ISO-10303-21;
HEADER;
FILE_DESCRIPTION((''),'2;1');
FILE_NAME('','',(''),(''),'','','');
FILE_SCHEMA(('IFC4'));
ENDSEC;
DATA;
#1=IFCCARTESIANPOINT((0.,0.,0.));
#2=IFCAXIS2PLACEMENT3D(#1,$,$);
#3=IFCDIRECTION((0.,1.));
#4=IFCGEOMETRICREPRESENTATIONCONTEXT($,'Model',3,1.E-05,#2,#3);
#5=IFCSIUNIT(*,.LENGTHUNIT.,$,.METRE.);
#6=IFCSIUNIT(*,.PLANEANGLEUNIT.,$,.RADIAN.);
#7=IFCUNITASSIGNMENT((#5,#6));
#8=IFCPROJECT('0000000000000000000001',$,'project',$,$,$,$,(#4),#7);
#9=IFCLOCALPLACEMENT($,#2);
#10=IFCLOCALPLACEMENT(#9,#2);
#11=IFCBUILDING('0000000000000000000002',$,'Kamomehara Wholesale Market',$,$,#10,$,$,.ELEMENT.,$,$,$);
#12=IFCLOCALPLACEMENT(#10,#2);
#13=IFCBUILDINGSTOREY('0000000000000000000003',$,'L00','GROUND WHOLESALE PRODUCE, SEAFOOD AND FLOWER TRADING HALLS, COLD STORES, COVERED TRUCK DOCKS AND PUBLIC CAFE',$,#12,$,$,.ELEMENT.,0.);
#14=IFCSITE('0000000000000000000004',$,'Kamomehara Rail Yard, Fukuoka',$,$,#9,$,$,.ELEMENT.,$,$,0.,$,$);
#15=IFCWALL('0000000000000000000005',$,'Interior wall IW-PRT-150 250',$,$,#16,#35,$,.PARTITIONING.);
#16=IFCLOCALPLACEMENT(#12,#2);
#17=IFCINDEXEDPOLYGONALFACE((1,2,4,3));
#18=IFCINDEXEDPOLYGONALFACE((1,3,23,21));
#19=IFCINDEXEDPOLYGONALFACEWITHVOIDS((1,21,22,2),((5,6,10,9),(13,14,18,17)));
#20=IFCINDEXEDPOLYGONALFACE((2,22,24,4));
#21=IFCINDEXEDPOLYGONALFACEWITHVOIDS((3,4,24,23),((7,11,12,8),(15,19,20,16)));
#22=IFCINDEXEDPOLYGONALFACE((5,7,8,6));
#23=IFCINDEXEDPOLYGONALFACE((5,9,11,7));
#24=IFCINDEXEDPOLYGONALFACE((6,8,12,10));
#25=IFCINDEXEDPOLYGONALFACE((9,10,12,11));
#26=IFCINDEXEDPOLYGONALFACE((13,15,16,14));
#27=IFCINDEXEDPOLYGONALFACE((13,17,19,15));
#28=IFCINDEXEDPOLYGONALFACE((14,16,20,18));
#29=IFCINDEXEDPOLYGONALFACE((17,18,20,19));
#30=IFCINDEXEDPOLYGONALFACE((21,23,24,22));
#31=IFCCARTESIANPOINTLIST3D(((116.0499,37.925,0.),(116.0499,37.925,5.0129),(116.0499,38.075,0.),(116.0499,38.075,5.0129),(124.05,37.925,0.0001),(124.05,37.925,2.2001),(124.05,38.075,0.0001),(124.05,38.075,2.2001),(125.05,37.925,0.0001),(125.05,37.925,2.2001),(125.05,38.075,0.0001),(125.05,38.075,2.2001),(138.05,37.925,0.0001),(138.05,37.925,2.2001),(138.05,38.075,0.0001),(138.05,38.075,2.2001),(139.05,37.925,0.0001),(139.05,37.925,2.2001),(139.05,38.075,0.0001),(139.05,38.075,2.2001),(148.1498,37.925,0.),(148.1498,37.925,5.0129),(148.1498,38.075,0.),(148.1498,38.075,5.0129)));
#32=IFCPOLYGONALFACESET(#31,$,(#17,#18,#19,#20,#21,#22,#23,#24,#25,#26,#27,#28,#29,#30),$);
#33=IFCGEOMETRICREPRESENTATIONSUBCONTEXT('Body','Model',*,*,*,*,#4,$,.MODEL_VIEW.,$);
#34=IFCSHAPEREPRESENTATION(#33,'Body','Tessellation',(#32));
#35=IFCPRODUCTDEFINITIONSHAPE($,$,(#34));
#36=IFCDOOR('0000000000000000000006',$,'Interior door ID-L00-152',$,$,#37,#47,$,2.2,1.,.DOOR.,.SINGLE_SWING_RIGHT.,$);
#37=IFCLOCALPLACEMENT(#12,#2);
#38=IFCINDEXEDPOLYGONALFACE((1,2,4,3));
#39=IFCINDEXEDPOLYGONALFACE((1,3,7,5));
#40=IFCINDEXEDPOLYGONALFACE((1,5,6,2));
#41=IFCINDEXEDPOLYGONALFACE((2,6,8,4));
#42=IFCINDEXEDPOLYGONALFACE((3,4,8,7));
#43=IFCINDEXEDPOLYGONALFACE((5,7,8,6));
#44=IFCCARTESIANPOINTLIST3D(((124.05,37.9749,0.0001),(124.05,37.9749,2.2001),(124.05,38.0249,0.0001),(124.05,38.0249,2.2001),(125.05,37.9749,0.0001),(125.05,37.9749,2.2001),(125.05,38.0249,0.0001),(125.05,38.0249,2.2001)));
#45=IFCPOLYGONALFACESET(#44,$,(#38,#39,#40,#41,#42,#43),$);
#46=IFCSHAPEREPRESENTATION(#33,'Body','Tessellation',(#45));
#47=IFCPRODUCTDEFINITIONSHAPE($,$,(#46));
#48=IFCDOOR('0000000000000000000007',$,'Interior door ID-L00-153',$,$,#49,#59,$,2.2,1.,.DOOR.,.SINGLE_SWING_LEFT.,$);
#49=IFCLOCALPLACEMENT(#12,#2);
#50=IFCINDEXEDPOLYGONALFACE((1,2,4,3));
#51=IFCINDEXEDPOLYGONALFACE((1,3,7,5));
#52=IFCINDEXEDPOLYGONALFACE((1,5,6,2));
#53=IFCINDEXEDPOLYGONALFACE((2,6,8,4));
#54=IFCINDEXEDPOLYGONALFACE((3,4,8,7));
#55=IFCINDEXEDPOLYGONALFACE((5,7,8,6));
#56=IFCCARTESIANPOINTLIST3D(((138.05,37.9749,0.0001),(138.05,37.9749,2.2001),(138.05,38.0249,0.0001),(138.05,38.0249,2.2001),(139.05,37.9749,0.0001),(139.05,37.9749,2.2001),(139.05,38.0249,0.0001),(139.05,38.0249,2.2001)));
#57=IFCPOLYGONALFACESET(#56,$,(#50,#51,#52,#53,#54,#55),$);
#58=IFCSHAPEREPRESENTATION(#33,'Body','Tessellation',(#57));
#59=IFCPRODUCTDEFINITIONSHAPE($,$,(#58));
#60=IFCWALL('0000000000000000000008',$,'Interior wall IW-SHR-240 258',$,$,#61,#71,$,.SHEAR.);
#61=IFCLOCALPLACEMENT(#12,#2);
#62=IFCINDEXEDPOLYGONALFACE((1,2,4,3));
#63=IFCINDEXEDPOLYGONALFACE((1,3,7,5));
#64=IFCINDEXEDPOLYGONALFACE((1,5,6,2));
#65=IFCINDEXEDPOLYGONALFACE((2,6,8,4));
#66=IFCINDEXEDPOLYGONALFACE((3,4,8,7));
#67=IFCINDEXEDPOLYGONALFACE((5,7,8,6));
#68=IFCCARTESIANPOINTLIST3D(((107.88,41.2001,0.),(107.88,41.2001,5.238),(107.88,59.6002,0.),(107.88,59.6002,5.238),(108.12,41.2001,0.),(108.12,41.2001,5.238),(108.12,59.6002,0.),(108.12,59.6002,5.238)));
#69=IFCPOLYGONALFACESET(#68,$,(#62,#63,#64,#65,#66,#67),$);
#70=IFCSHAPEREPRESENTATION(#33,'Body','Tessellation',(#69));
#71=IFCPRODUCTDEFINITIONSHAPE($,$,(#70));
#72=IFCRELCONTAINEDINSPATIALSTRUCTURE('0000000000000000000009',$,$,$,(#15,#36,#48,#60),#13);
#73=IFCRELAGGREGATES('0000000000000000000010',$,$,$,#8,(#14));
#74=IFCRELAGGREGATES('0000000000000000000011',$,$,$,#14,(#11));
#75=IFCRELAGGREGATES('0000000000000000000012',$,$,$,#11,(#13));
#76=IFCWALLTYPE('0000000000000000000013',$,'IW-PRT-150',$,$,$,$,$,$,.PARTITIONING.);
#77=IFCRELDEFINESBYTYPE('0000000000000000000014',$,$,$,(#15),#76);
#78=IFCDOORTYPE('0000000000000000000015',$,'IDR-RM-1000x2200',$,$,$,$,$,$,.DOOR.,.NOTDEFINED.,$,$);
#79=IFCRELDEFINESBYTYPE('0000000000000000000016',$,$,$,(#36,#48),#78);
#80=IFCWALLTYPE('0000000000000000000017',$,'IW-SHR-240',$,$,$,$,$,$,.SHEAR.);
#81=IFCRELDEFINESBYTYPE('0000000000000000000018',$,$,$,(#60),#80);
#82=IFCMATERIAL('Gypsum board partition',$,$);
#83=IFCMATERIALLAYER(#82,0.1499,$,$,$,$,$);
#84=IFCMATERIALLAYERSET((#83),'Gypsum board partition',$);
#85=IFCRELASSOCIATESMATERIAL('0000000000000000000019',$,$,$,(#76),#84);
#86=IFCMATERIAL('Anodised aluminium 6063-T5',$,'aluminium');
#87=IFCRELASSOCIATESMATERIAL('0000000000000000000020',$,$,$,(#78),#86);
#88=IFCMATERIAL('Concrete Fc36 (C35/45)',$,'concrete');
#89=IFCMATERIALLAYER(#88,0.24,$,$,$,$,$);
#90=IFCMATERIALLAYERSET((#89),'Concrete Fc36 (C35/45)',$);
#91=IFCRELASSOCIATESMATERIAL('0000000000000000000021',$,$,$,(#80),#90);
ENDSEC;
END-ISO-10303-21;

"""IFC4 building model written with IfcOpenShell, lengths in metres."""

from ifc_helpers import new_model, si_unit, direction, frame, frame_2d, origin, place, context, subcontext, project, spatial, rectangle, extrude, material, layer, layer_set, type_object, element, fill, save


model = new_model("IFC4")

# Units and contexts
model_context = context("Model", 3, precision=1e-05, world=origin(), true_north=direction((0.0, 1.0)))
body_context = subcontext(model_context, "Body", "Model", "MODEL_VIEW")
ifc_project = project(units=[si_unit("LENGTHUNIT", "METRE"), si_unit("PLANEANGLEUNIT", "RADIAN")], contexts=[model_context])

# Site, building, storey
site_placement = place(None, origin())
site = spatial("IfcSite", under=ifc_project, at=site_placement, Name="Kamomehara Rail Yard, Fukuoka", CompositionType="ELEMENT", RefElevation=0.0)
building_placement = place(site_placement, origin())
building = spatial("IfcBuilding", under=site, at=building_placement, Name="Kamomehara Wholesale Market", CompositionType="ELEMENT")
storey_placement = place(building_placement, origin())
storey = spatial("IfcBuildingStorey", under=building, at=storey_placement, Name="L00", Description="GROUND WHOLESALE PRODUCE, SEAFOOD AND FLOWER TRADING HALLS, COLD STORES, COVERED TRUCK DOCKS AND PUBLIC CAFE", CompositionType="ELEMENT", Elevation=0.0)

# Shared definitions
ifc_material_1 = material(Name="Gypsum board partition")
ifc_layer_1 = layer(ifc_material_1, 0.1499)
ifc_layer_set_1 = layer_set([ifc_layer_1], Name="Gypsum board partition")
wall_type_1 = type_object("IfcWallType", Name="IW-PRT-150", PredefinedType="PARTITIONING", material=ifc_layer_set_1)

# Wall, openings, doors
wall_1_placement = place(storey_placement, frame((116.05, 38.0, 0.0), z_axis=(0.0, 0.0, 1.0), x_axis=(1.0, 0.0, 0.0)))
wall_1 = element("IfcWall", 1, at=wall_1_placement, inside=storey, type_object=wall_type_1, Name="Interior wall IW-PRT-150 250", PredefinedType="PARTITIONING", context=body_context, shape_type="SweptSolid", body=[
    extrude(rectangle(XDim=32.0999, YDim=0.1499, at=frame_2d((16.0498, 0.0))), origin(), (0.0, 0.0, 1.0), 5.0129),
])
opening_1_placement = place(wall_1_placement, frame((8.0, 0.0, 0.0)))
opening_1 = element("IfcOpeningElement", 2, at=opening_1_placement, cuts=wall_1, PredefinedType="OPENING", context=body_context, shape_type="SweptSolid", body=[
    extrude(rectangle(XDim=1.0, YDim=2.2, at=frame_2d((0.5, 1.1001))), frame((0.0, 0.0898, 0.0), z_axis=(0.0, -1.0, 0.0), x_axis=(1.0, 0.0, 0.0)), (0.0, 0.0, 1.0), 0.1797),
])
opening_2_placement = place(wall_1_placement, frame((22.0, 0.0, 0.0)))
opening_2 = element("IfcOpeningElement", 3, at=opening_2_placement, cuts=wall_1, PredefinedType="OPENING", context=body_context, shape_type="SweptSolid", body=[
    extrude(rectangle(XDim=1.0, YDim=2.2, at=frame_2d((0.5, 1.1001))), frame((0.0, 0.0898, 0.0), z_axis=(0.0, -1.0, 0.0), x_axis=(1.0, 0.0, 0.0)), (0.0, 0.0, 1.0), 0.1797),
])
ifc_material_2 = material(Name="Anodised aluminium 6063-T5", Category="aluminium")
door_type = type_object("IfcDoorType", Name="IDR-RM-1000x2200", OperationType="NOTDEFINED", PredefinedType="DOOR", material=ifc_material_2)
door_1_placement = place(opening_1_placement, origin())
door_1 = element("IfcDoor", 4, at=door_1_placement, inside=storey, type_object=door_type, Name="Interior door ID-L00-152", OperationType="SINGLE_SWING_RIGHT", OverallHeight=2.2, OverallWidth=1.0, PredefinedType="DOOR", context=body_context, shape_type="SweptSolid", body=[
    extrude(rectangle(XDim=1.0, YDim=2.2, at=frame_2d((0.5, 1.1001))), frame((0.0, 0.0249, 0.0), z_axis=(0.0, -1.0, 0.0), x_axis=(1.0, 0.0, 0.0)), (0.0, 0.0, 1.0), 0.05),
])
fill(opening_1, door_1)
door_2_placement = place(opening_2_placement, origin())
door_2 = element("IfcDoor", 5, at=door_2_placement, inside=storey, type_object=door_type, Name="Interior door ID-L00-153", OperationType="SINGLE_SWING_LEFT", OverallHeight=2.2, OverallWidth=1.0, PredefinedType="DOOR", context=body_context, shape_type="SweptSolid", body=[
    extrude(rectangle(XDim=1.0, YDim=2.2, at=frame_2d((0.5, 1.1001))), frame((0.0, 0.0249, 0.0), z_axis=(0.0, -1.0, 0.0), x_axis=(1.0, 0.0, 0.0)), (0.0, 0.0, 1.0), 0.05),
])
fill(opening_2, door_2)

# Wall
ifc_material_3 = material(Name="Concrete Fc36 (C35/45)", Category="concrete")
ifc_layer_2 = layer(ifc_material_3, 0.24)
ifc_layer_set_2 = layer_set([ifc_layer_2], Name="Concrete Fc36 (C35/45)")
wall_type_2 = type_object("IfcWallType", Name="IW-SHR-240", PredefinedType="SHEAR", material=ifc_layer_set_2)
wall_2_placement = place(storey_placement, frame((108.0, 41.2, 0.0), z_axis=(0.0, 0.0, 1.0), x_axis=(0.0, 1.0, 0.0)))
element("IfcWall", 6, at=wall_2_placement, inside=storey, type_object=wall_type_2, Name="Interior wall IW-SHR-240 258", PredefinedType="SHEAR", context=body_context, shape_type="SweptSolid", body=[
    extrude(rectangle(XDim=18.4001, YDim=0.24, at=frame_2d((9.2002, 0.0))), origin(), (0.0, 0.0, 1.0), 5.238),
])

save(model, "model.ifc")
